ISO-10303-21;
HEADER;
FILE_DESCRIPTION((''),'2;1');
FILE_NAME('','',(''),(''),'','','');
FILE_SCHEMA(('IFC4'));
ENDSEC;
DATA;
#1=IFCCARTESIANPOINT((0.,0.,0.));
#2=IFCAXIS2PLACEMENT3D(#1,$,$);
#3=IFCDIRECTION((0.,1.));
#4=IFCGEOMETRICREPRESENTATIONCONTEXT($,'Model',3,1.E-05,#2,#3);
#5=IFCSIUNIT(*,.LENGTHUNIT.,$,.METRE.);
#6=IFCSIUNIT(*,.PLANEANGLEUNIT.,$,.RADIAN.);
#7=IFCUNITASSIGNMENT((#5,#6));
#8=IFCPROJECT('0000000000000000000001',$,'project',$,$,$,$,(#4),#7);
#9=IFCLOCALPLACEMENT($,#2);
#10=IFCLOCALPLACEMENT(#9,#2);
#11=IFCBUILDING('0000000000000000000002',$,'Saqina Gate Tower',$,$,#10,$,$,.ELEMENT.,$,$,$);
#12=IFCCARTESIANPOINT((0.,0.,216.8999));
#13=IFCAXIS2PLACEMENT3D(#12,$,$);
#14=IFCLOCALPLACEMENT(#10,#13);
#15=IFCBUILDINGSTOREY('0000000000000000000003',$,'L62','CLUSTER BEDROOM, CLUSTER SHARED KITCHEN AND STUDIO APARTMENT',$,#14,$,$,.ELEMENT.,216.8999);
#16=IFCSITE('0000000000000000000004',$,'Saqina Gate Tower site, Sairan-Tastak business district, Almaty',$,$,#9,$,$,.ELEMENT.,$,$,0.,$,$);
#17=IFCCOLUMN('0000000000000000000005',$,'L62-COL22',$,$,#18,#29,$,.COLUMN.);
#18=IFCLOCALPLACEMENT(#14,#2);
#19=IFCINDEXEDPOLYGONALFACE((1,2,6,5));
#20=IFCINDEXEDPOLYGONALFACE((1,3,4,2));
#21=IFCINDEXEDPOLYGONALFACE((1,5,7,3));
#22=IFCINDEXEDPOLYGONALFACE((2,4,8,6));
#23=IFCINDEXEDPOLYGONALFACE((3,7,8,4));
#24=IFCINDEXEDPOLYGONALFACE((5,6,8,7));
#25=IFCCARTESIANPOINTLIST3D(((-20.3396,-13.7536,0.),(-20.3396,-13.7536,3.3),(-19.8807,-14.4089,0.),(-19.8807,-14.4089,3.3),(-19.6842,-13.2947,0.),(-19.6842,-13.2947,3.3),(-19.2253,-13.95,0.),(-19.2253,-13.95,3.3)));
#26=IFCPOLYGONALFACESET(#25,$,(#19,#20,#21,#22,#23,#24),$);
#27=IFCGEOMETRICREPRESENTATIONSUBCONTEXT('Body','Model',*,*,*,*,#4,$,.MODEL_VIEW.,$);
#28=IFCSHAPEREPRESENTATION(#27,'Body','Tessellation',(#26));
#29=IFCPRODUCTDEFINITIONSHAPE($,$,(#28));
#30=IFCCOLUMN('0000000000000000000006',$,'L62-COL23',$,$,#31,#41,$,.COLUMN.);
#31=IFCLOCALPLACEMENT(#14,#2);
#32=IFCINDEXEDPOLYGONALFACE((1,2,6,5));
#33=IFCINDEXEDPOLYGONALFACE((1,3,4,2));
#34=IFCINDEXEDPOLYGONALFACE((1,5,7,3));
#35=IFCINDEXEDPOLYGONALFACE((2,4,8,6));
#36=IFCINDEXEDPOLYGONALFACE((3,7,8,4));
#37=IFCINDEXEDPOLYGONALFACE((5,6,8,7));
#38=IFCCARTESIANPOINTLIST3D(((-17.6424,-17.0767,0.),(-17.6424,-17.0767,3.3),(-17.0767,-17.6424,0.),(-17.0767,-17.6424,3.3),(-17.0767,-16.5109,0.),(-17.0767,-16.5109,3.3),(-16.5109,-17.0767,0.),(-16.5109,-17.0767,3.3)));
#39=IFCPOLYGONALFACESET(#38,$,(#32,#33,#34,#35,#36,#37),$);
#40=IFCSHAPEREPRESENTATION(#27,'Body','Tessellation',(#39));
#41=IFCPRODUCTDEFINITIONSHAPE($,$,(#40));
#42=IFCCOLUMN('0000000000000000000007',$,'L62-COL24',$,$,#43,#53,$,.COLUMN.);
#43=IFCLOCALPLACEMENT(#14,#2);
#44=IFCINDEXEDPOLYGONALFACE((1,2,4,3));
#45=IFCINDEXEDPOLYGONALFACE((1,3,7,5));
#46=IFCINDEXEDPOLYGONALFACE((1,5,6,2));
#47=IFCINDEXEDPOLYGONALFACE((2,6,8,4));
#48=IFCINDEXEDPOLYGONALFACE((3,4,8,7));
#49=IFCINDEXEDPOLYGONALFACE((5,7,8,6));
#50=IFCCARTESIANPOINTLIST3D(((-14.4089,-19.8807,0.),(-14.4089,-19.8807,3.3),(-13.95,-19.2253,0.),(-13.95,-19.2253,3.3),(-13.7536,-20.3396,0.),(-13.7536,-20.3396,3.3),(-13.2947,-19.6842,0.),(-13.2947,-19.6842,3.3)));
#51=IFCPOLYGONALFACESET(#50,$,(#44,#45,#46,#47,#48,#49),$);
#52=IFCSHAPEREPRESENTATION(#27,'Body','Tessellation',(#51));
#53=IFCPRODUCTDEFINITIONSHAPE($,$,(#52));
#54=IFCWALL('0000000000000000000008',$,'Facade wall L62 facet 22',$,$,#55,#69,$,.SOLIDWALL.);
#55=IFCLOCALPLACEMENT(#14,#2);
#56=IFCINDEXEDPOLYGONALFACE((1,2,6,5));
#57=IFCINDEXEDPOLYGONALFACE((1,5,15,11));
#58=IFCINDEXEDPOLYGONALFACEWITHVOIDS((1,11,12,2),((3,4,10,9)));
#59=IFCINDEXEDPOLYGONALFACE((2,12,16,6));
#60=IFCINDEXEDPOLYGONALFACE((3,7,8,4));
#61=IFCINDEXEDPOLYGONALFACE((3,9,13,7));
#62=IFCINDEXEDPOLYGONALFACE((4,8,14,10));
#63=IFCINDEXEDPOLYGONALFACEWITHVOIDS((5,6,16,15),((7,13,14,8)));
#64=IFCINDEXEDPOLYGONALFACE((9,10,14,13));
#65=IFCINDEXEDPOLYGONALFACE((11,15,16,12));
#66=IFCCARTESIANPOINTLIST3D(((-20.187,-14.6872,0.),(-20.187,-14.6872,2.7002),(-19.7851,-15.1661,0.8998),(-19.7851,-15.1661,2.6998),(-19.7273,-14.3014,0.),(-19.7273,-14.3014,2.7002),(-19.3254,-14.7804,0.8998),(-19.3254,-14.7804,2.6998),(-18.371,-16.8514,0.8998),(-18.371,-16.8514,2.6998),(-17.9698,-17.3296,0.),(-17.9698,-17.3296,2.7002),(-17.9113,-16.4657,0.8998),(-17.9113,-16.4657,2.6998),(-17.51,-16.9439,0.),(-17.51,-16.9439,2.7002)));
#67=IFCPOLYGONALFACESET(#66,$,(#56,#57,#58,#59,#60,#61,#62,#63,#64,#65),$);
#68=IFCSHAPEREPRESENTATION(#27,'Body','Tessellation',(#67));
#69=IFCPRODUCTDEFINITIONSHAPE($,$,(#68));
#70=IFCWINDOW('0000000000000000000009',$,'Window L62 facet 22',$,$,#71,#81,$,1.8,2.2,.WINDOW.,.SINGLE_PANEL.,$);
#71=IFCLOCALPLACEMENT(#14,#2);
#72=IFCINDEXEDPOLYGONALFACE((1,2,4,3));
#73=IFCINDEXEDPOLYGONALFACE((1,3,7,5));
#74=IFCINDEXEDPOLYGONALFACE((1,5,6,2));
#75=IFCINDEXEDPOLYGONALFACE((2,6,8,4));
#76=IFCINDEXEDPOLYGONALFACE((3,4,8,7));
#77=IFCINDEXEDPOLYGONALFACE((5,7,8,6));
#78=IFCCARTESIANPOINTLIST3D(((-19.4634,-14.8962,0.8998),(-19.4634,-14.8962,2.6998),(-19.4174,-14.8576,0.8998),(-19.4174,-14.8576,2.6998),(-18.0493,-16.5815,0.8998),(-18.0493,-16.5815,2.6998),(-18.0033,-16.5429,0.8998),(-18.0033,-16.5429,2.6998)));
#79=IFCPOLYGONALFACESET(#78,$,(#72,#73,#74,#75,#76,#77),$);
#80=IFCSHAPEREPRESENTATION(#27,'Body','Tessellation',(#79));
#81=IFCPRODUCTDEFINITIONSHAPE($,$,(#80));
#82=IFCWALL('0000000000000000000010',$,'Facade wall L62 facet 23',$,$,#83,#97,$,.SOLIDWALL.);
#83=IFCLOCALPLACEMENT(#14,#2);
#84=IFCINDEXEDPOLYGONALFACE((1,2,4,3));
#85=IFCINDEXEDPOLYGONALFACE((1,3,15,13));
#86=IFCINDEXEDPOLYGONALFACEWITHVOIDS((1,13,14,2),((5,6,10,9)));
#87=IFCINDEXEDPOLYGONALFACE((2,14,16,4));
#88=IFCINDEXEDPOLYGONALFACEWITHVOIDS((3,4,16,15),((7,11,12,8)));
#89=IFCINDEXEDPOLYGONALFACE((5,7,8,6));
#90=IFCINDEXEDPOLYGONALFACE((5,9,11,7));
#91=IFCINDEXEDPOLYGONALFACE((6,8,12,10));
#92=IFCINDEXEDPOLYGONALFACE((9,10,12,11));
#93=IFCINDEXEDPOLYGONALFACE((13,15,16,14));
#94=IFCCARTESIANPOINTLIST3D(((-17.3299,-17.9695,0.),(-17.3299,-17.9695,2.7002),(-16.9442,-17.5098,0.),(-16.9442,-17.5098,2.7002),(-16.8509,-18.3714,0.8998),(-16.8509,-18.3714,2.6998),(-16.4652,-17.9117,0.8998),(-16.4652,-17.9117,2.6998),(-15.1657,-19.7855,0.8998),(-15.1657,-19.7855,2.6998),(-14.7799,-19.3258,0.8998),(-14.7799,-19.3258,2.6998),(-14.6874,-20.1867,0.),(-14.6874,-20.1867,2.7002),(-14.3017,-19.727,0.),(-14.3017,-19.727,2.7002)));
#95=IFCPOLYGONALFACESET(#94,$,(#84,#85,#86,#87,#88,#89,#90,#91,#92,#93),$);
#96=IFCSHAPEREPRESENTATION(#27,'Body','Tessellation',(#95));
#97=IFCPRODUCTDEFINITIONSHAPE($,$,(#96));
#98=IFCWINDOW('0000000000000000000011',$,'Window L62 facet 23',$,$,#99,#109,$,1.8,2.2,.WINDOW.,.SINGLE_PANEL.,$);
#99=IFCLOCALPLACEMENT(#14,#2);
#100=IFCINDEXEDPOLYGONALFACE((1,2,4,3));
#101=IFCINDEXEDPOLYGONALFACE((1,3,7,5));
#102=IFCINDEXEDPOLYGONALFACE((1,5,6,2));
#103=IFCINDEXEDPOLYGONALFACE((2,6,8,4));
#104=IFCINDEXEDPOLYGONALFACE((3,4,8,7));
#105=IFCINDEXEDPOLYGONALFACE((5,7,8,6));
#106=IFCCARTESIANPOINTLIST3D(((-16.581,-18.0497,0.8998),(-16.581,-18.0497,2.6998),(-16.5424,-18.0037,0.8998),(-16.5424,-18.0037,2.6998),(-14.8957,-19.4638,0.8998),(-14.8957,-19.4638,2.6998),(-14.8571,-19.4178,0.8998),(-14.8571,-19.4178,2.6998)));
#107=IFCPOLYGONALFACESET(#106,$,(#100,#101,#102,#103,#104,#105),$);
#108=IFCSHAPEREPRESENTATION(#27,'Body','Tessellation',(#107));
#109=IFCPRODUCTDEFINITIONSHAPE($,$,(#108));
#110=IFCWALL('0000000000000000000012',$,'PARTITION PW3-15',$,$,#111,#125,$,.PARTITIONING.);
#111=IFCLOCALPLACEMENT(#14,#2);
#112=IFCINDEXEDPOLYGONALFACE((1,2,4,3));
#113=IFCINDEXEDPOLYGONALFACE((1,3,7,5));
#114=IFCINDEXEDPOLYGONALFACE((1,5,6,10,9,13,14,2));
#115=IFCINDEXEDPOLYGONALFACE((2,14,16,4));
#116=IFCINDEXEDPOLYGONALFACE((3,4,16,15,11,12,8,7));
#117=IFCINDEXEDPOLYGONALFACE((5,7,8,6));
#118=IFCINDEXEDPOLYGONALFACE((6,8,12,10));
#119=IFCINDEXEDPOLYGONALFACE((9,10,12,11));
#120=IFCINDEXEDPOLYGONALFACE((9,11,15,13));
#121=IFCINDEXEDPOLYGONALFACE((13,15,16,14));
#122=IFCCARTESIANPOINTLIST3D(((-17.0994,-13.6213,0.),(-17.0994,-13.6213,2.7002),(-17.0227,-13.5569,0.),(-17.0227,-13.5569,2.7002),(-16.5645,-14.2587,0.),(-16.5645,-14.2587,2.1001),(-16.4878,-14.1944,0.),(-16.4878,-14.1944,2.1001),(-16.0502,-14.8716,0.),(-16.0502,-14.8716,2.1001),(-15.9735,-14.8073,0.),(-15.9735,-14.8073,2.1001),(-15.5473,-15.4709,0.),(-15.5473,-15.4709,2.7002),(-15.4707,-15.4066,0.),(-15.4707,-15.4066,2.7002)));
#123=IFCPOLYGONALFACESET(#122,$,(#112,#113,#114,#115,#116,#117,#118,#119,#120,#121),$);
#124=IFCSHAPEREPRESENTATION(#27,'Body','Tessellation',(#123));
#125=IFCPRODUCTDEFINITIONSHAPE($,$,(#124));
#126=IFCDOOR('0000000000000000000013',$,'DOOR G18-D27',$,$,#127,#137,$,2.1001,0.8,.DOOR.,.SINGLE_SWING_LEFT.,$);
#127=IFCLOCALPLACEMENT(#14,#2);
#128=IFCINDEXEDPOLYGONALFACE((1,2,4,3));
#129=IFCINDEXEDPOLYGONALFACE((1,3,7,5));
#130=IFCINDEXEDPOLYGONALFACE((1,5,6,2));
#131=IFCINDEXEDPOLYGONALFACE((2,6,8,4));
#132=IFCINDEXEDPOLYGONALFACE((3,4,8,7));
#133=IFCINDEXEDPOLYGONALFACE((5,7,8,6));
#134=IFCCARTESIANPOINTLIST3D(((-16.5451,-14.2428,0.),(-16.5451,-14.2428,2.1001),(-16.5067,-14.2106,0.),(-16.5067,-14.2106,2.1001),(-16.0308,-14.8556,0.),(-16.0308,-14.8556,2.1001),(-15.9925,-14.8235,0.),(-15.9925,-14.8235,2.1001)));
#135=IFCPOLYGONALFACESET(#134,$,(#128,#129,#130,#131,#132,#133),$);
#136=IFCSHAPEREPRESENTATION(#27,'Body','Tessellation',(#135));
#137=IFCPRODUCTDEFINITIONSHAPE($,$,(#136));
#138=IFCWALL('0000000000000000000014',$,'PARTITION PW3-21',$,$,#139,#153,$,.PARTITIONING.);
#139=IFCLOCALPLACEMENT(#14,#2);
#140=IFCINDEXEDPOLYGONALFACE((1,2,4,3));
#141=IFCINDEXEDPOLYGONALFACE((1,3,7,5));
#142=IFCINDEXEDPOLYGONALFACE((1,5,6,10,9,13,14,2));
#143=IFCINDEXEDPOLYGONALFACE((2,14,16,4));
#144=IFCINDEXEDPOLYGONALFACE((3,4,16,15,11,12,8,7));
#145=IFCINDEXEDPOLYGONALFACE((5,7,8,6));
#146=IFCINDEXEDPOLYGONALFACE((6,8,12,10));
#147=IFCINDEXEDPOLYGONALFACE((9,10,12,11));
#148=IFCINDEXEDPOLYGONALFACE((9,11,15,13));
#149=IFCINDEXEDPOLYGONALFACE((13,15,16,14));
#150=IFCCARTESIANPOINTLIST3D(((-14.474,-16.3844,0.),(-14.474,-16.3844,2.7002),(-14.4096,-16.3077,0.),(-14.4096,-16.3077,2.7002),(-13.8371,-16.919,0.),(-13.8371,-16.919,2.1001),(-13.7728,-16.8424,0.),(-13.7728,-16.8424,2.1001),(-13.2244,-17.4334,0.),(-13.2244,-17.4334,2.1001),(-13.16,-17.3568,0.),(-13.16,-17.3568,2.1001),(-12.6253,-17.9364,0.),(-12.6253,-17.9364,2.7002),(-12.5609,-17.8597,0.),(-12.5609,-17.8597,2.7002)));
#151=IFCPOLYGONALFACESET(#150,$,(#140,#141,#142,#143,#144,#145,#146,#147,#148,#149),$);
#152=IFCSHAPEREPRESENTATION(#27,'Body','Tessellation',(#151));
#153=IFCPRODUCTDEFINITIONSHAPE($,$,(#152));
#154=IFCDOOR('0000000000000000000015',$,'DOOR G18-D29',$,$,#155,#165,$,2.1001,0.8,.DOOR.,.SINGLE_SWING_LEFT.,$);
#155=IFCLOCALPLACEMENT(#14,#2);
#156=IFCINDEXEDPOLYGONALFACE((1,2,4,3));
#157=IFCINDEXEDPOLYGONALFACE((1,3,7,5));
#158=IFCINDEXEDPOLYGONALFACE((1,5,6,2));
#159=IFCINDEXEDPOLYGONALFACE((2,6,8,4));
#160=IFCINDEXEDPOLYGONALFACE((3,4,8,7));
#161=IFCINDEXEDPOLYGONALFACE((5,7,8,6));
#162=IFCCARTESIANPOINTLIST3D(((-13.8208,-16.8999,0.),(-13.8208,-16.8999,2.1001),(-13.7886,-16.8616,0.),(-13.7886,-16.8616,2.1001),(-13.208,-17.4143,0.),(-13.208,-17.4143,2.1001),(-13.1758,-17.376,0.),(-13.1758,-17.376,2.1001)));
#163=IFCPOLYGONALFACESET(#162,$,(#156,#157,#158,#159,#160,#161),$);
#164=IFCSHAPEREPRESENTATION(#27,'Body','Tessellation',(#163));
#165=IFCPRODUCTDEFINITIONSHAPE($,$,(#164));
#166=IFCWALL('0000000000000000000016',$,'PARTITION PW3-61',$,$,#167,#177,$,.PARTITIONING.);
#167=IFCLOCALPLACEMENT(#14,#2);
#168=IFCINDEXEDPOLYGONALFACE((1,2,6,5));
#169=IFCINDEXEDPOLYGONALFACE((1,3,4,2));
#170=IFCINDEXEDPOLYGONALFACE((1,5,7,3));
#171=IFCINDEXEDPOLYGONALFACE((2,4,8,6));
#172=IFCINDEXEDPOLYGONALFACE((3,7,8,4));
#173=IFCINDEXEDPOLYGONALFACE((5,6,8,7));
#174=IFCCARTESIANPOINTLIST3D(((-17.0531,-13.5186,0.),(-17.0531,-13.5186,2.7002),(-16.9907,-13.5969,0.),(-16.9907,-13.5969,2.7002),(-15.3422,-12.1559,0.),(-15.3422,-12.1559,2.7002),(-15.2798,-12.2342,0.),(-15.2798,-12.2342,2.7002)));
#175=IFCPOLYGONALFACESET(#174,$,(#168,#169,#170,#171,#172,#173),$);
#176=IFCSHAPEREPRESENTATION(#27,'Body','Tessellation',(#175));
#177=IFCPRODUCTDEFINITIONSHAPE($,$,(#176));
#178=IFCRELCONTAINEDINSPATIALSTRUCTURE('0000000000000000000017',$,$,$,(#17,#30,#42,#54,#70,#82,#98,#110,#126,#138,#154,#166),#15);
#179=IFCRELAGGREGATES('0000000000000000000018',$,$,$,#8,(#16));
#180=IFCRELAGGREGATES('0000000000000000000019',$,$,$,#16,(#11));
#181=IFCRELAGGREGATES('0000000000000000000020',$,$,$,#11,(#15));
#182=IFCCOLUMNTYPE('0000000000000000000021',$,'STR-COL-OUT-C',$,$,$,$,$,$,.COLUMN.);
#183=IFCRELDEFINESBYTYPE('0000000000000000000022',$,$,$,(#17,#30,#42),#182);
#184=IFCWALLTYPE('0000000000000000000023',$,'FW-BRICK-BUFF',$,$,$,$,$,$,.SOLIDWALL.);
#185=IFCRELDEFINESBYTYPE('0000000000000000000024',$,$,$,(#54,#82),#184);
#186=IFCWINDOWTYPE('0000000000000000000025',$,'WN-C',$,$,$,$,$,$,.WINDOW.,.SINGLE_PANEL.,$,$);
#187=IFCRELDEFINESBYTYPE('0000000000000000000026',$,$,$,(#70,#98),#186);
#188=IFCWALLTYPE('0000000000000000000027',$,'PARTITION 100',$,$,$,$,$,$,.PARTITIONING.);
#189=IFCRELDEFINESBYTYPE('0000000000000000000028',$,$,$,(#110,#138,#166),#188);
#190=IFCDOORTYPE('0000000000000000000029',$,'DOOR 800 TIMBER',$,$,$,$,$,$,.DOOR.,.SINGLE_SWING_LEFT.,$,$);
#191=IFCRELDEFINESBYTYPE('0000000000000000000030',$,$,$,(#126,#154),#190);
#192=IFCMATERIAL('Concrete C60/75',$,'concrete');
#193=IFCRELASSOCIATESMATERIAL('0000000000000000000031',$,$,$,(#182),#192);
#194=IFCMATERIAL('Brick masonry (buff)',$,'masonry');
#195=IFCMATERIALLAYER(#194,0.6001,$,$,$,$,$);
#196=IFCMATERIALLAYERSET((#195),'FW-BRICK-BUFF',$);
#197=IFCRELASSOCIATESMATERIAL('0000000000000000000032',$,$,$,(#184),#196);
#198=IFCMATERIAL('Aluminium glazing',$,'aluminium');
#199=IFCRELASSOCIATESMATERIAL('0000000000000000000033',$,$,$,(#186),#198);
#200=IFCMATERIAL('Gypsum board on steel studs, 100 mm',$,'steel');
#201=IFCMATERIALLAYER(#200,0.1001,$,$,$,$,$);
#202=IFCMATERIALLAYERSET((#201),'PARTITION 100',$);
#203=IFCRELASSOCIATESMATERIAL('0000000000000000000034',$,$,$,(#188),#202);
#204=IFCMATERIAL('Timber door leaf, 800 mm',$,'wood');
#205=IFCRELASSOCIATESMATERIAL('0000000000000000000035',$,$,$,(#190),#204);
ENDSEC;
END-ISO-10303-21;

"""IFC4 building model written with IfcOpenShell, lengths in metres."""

from ifc_helpers import new_model, si_unit, direction, frame, frame_2d, origin, origin_2d, place, context, subcontext, project, spatial, rectangle, extrude, material, layer, layer_set, material_profile, profile_set, type_object, element, fill, save


model = new_model("IFC4")

# Units and contexts
model_context = context("Model", 3, precision=1e-05, world=origin(), true_north=direction((0.0, 1.0)))
body_context = subcontext(model_context, "Body", "Model", "MODEL_VIEW")
ifc_project = project(units=[si_unit("LENGTHUNIT", "METRE"), si_unit("PLANEANGLEUNIT", "RADIAN")], contexts=[model_context])

# Site, building, storey
site_placement = place(None, origin())
site = spatial("IfcSite", under=ifc_project, at=site_placement, Name="Saqina Gate Tower site, Sairan-Tastak business district, Almaty", CompositionType="ELEMENT", RefElevation=0.0)
building_placement = place(site_placement, origin())
building = spatial("IfcBuilding", under=site, at=building_placement, Name="Saqina Gate Tower", CompositionType="ELEMENT")
storey_placement = place(building_placement, frame((0.0, 0.0, 216.8999)))
storey = spatial("IfcBuildingStorey", under=building, at=storey_placement, Name="L62", Description="CLUSTER BEDROOM, CLUSTER SHARED KITCHEN AND STUDIO APARTMENT", CompositionType="ELEMENT", Elevation=216.8999)

# Columns
ifc_material_1 = material(Name="Concrete C60/75", Category="concrete")
ifc_material_profile = material_profile(ifc_material_1, rectangle(XDim=0.8, YDim=0.8, at=origin_2d()), Name="RC 800x800")
ifc_profile_set = profile_set([ifc_material_profile], Name="Concrete C60/75")
column_type = type_object("IfcColumnType", Name="STR-COL-OUT-C", PredefinedType="COLUMN", material=ifc_profile_set)
for number, where, z_axis, x_axis, name in (
    (1, (-19.7825, -13.8518, 0.0), (0.0, 0.0, 1.0), (-0.819152, -0.573576, 0.0), "L62-COL22"),
    (2, (-17.0767, -17.0767, 0.0), (0.0, 0.0, 1.0), (-0.707107, -0.707107, 0.0), "L62-COL23"),
    (3, (-13.8518, -19.7825, 0.0), (0.0, 0.0, 1.0), (-0.573576, -0.819152, 0.0), "L62-COL24"),
):
    element("IfcColumn", number, at=place(storey_placement, frame(where, z_axis=z_axis, x_axis=x_axis)), inside=storey, type_object=column_type, Name=name, PredefinedType="COLUMN", context=body_context, shape_type="SweptSolid", body=[
        extrude(rectangle(XDim=0.8, YDim=0.8, at=origin_2d()), origin(), (0.0, 0.0, 1.0), 3.3),
    ])

# Walls, openings, windows
ifc_material_2 = material(Name="Brick masonry (buff)", Category="masonry")
ifc_layer_1 = layer(ifc_material_2, 0.6001)
ifc_layer_set_1 = layer_set([ifc_layer_1], Name="FW-BRICK-BUFF")
wall_type_1 = type_object("IfcWallType", Name="FW-BRICK-BUFF", PredefinedType="SOLIDWALL", material=ifc_layer_set_1)
wall_1_placement = place(storey_placement, frame((-19.957, -14.4944, 0.0), z_axis=(0.0, 0.0, 1.0), x_axis=(0.64277, -0.766059, 0.0)))
wall_1 = element("IfcWall", 4, at=wall_1_placement, inside=storey, type_object=wall_type_1, Name="Facade wall L62 facet 22", PredefinedType="SOLIDWALL", context=body_context, shape_type="SweptSolid", body=[
    extrude(rectangle(XDim=3.4495, YDim=0.6001, at=frame_2d((1.7246, 0.0))), origin(), (0.0, 0.0, 1.0), 2.7002),
])
opening_1_placement = place(wall_1_placement, frame((0.625, 0.0, 0.8999)))
opening_1 = element("IfcOpeningElement", 5, at=opening_1_placement, cuts=wall_1, PredefinedType="OPENING", context=body_context, shape_type="SweptSolid", body=[
    extrude(rectangle(XDim=2.2, YDim=1.8, at=frame_2d((1.1001, 0.8999))), frame((0.0, 0.312, 0.0), z_axis=(0.0, -1.0, 0.0), x_axis=(1.0, 0.0, 0.0)), (0.0, 0.0, 1.0), 0.624),
])
ifc_material_3 = material(Name="Aluminium glazing", Category="aluminium")
window_type = type_object("IfcWindowType", Name="WN-C", PartitioningType="SINGLE_PANEL", PredefinedType="WINDOW", material=ifc_material_3)
window_1_placement = place(opening_1_placement, origin())
window_1 = element("IfcWindow", 6, at=window_1_placement, inside=storey, type_object=window_type, Name="Window L62 facet 22", OverallHeight=1.8, OverallWidth=2.2, PartitioningType="SINGLE_PANEL", PredefinedType="WINDOW", context=body_context, shape_type="SweptSolid", body=[
    extrude(rectangle(XDim=2.2, YDim=1.8, at=frame_2d((1.1001, 0.8999))), frame((0.0, 0.1799, 0.0), z_axis=(0.0, -1.0, 0.0), x_axis=(1.0, 0.0, 0.0)), (0.0, 0.0, 1.0), 0.0601),
])
fill(opening_1, window_1)
wall_2_placement = place(storey_placement, frame((-17.137, -17.7397, 0.0), z_axis=(0.0, 0.0, 1.0), x_axis=(0.766059, -0.64277, 0.0)))
wall_2 = element("IfcWall", 7, at=wall_2_placement, inside=storey, type_object=wall_type_1, Name="Facade wall L62 facet 23", PredefinedType="SOLIDWALL", context=body_context, shape_type="SweptSolid", body=[
    extrude(rectangle(XDim=3.4495, YDim=0.6001, at=frame_2d((1.7246, 0.0))), origin(), (0.0, 0.0, 1.0), 2.7002),
])
opening_2_placement = place(wall_2_placement, frame((0.625, 0.0, 0.8999)))
opening_2 = element("IfcOpeningElement", 8, at=opening_2_placement, cuts=wall_2, PredefinedType="OPENING", context=body_context, shape_type="SweptSolid", body=[
    extrude(rectangle(XDim=2.2, YDim=1.8, at=frame_2d((1.1001, 0.8999))), frame((0.0, 0.312, 0.0), z_axis=(0.0, -1.0, 0.0), x_axis=(1.0, 0.0, 0.0)), (0.0, 0.0, 1.0), 0.624),
])
window_2_placement = place(opening_2_placement, origin())
window_2 = element("IfcWindow", 9, at=window_2_placement, inside=storey, type_object=window_type, Name="Window L62 facet 23", OverallHeight=1.8, OverallWidth=2.2, PartitioningType="SINGLE_PANEL", PredefinedType="WINDOW", context=body_context, shape_type="SweptSolid", body=[
    extrude(rectangle(XDim=2.2, YDim=1.8, at=frame_2d((1.1001, 0.8999))), frame((0.0, 0.1799, 0.0), z_axis=(0.0, -1.0, 0.0), x_axis=(1.0, 0.0, 0.0)), (0.0, 0.0, 1.0), 0.0601),
])
fill(opening_2, window_2)

# Walls, openings, doors
ifc_material_4 = material(Name="Gypsum board on steel studs, 100 mm", Category="steel")
ifc_layer_2 = layer(ifc_material_4, 0.1001)
ifc_layer_set_2 = layer_set([ifc_layer_2], Name="PARTITION 100")
wall_type_2 = type_object("IfcWallType", Name="PARTITION 100", PredefinedType="PARTITIONING", material=ifc_layer_set_2)
wall_3_placement = place(storey_placement, frame((-17.061, -13.5891, 0.0), z_axis=(0.0, 0.0, 1.0), x_axis=(0.642786, -0.766045, 0.0)))
wall_3 = element("IfcWall", 10, at=wall_3_placement, inside=storey, type_object=wall_type_2, Name="PARTITION PW3-15", PredefinedType="PARTITIONING", context=body_context, shape_type="SweptSolid", body=[
    extrude(rectangle(XDim=2.4146, YDim=0.1001, at=frame_2d((1.2073, 0.0))), origin(), (0.0, 0.0, 1.0), 2.7002),
])
opening_3_placement = place(wall_3_placement, frame((0.8323, 0.0, 0.0)))
opening_3 = element("IfcOpeningElement", 11, at=opening_3_placement, cuts=wall_3, PredefinedType="OPENING", context=body_context, shape_type="SweptSolid", body=[
    extrude(rectangle(XDim=0.8, YDim=2.1001, at=frame_2d((0.3999, 1.05))), frame((0.0, 0.062, 0.0), z_axis=(0.0, -1.0, 0.0), x_axis=(1.0, 0.0, 0.0)), (0.0, 0.0, 1.0), 0.124),
])
ifc_material_5 = material(Name="Timber door leaf, 800 mm", Category="wood")
door_type_1 = type_object("IfcDoorType", Name="DOOR 800 TIMBER", OperationType="SINGLE_SWING_LEFT", PredefinedType="DOOR", material=ifc_material_5)
door_1_placement = place(opening_3_placement, frame((0.8, 0.0, 0.0), z_axis=(0.0, 0.0, 1.0), x_axis=(-1.0, 0.0, 0.0)))
door_1 = element("IfcDoor", 12, at=door_1_placement, inside=storey, type_object=door_type_1, Name="DOOR G18-D27", OperationType="SINGLE_SWING_LEFT", OverallHeight=2.1001, OverallWidth=0.8, PredefinedType="DOOR", context=body_context, shape_type="SweptSolid", body=[
    extrude(rectangle(XDim=0.8, YDim=2.1001, at=frame_2d((0.3999, 1.05))), frame((0.0, 0.0249, 0.0), z_axis=(0.0, -1.0, 0.0), x_axis=(1.0, 0.0, 0.0)), (0.0, 0.0, 1.0), 0.05),
])
fill(opening_3, door_1)
wall_4_placement = place(storey_placement, frame((-14.4419, -16.3459, 0.0), z_axis=(0.0, 0.0, 1.0), x_axis=(0.765878, -0.642986, 0.0)))
wall_4 = element("IfcWall", 13, at=wall_4_placement, inside=storey, type_object=wall_type_2, Name="PARTITION PW3-21", PredefinedType="PARTITIONING", context=body_context, shape_type="SweptSolid", body=[
    extrude(rectangle(XDim=2.4138, YDim=0.1001, at=frame_2d((1.207, 0.0))), origin(), (0.0, 0.0, 1.0), 2.7002),
])
opening_4_placement = place(wall_4_placement, frame((0.8318, 0.0, 0.0)))
opening_4 = element("IfcOpeningElement", 14, at=opening_4_placement, cuts=wall_4, PredefinedType="OPENING", context=body_context, shape_type="SweptSolid", body=[
    extrude(rectangle(XDim=0.8, YDim=2.1001, at=frame_2d((0.3999, 1.05))), frame((0.0, 0.062, 0.0), z_axis=(0.0, -1.0, 0.0), x_axis=(1.0, 0.0, 0.0)), (0.0, 0.0, 1.0), 0.124),
])
door_2_placement = place(opening_4_placement, frame((0.8, 0.0, 0.0), z_axis=(0.0, 0.0, 1.0), x_axis=(-1.0, 0.0, 0.0)))
door_2 = element("IfcDoor", 15, at=door_2_placement, inside=storey, type_object=door_type_1, Name="DOOR G18-D29", OperationType="SINGLE_SWING_LEFT", OverallHeight=2.1001, OverallWidth=0.8, PredefinedType="DOOR", context=body_context, shape_type="SweptSolid", body=[
    extrude(rectangle(XDim=0.8, YDim=2.1001, at=frame_2d((0.3999, 1.05))), frame((0.0, 0.0249, 0.0), z_axis=(0.0, -1.0, 0.0), x_axis=(1.0, 0.0, 0.0)), (0.0, 0.0, 1.0), 0.05),
])
fill(opening_4, door_2)

# Wall
wall_5_placement = place(storey_placement, frame((-17.022, -13.5579, 0.0), z_axis=(0.0, 0.0, 1.0), x_axis=(0.782196, 0.623033, 0.0)))
element("IfcWall", 16, at=wall_5_placement, inside=storey, type_object=wall_type_2, Name="PARTITION PW3-61", PredefinedType="PARTITIONING", context=body_context, shape_type="SweptSolid", body=[
    extrude(rectangle(XDim=2.1873, YDim=0.1001, at=frame_2d((1.0938, 0.0))), origin(), (0.0, 0.0, 1.0), 2.7002),
])

save(model, "model.ifc")
